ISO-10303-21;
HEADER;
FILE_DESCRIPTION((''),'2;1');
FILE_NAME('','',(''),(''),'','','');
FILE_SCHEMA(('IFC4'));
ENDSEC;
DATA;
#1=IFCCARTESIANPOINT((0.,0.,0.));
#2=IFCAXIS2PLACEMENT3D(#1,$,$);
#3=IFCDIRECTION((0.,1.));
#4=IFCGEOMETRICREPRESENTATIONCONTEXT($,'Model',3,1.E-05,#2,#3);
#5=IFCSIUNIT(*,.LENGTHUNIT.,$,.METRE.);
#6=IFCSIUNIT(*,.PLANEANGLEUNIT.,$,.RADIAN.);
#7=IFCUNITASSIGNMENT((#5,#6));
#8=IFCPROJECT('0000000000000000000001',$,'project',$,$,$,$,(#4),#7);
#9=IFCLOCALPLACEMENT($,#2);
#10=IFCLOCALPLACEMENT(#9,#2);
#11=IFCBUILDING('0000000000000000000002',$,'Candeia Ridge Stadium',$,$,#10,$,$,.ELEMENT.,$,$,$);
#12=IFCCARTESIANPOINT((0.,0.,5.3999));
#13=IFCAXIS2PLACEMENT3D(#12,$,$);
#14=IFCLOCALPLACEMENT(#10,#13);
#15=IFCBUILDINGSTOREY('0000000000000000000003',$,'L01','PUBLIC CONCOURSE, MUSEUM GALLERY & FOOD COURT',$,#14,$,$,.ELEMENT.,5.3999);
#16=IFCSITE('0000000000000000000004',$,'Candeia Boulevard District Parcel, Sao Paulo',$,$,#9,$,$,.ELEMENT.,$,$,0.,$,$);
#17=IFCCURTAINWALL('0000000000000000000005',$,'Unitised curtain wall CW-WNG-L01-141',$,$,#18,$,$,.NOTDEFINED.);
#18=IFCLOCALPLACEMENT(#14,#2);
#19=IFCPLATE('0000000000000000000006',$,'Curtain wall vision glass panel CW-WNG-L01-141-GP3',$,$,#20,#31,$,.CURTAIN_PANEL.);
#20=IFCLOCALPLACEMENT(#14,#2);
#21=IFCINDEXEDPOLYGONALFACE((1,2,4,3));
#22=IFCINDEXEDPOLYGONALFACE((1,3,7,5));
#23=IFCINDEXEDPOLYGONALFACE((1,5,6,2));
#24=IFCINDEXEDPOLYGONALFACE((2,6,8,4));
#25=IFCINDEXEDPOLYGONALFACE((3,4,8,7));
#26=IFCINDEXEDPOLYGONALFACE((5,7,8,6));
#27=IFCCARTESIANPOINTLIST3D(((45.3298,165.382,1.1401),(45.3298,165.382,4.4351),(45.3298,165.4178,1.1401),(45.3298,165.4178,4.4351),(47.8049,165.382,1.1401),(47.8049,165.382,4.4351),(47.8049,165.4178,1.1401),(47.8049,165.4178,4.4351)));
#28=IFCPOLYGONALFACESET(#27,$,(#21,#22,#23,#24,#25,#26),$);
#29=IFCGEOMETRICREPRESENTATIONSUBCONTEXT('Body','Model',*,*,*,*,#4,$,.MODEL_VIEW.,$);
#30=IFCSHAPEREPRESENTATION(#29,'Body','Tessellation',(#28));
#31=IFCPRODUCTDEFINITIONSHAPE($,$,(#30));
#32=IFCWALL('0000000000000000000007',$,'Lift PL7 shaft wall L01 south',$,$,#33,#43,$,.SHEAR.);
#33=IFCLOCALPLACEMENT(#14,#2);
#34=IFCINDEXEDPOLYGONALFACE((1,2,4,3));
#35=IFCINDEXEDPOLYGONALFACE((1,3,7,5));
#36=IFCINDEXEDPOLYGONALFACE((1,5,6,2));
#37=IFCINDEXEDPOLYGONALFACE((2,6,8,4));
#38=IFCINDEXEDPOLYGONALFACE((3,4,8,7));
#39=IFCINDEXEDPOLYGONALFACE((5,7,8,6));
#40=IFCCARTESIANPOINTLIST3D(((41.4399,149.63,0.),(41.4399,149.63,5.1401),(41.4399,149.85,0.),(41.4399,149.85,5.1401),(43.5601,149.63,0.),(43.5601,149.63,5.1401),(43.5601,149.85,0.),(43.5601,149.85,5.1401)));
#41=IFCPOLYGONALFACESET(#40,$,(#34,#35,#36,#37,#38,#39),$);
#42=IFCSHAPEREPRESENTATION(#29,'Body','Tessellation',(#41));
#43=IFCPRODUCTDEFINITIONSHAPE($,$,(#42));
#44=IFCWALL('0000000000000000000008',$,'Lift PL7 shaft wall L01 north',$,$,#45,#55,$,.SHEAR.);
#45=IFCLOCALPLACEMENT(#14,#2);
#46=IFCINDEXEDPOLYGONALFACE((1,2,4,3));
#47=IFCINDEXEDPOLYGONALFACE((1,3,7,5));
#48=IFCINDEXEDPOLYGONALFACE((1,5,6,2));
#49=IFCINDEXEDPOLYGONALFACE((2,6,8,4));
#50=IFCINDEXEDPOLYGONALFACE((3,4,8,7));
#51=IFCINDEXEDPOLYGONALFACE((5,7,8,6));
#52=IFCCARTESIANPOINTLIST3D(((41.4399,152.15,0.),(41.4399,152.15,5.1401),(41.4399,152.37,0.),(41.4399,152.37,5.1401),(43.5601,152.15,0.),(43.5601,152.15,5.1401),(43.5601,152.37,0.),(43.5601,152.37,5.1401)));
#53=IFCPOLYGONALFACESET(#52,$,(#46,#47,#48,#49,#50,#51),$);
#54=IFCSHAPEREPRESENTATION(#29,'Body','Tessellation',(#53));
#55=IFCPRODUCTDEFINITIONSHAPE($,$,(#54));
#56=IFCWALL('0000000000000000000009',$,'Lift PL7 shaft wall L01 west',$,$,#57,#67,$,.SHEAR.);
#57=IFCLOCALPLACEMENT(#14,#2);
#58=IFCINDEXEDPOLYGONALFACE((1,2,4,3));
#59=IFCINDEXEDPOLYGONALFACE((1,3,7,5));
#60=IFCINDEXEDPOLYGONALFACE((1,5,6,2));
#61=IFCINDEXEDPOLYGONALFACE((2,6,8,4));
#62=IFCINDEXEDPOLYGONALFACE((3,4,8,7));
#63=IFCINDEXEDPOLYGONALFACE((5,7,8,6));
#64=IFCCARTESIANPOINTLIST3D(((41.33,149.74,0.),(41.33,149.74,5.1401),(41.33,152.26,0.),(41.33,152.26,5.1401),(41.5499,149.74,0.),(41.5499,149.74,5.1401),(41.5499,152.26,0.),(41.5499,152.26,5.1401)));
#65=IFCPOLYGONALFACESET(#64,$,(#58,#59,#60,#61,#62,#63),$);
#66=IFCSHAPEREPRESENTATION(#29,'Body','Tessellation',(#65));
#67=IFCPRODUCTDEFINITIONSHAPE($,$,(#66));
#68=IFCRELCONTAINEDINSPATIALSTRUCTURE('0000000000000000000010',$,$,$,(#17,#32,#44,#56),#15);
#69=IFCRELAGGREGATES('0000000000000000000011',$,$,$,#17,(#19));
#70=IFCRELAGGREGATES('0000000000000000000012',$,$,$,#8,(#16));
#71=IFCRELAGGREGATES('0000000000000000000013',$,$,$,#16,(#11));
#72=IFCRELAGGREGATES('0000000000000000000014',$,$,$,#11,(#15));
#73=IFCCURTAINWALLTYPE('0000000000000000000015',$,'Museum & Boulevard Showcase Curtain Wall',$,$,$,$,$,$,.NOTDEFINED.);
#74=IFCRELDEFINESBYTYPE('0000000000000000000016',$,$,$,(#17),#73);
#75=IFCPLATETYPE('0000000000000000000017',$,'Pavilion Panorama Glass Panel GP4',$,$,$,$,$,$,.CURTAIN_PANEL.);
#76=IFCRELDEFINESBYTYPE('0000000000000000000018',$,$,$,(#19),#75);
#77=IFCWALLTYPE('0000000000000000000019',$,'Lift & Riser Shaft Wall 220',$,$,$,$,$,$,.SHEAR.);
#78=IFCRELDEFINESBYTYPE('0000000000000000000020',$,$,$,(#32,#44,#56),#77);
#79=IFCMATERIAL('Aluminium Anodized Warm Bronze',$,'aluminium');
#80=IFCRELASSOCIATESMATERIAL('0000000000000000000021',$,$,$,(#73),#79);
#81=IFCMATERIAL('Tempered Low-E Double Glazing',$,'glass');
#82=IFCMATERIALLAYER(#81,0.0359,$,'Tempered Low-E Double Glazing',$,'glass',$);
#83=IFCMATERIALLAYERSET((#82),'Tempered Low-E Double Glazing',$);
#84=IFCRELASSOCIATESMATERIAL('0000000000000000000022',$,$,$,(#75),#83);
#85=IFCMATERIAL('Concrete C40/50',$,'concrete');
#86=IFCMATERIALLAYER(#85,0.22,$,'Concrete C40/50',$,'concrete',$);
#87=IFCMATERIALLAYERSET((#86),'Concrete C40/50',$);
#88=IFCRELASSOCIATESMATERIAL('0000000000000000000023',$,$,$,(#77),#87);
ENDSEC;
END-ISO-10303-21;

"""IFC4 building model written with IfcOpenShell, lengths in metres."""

from ifc_helpers import new_model, si_unit, direction, frame, frame_2d, origin, origin_2d, place, context, subcontext, project, spatial, rectangle, extrude, material, layer, layer_set, type_object, element, aggregate, save


model = new_model("IFC4")

# Units and contexts
model_context = context("Model", 3, precision=1e-05, world=origin(), true_north=direction((0.0, 1.0)))
body_context = subcontext(model_context, "Body", "Model", "MODEL_VIEW")
ifc_project = project(units=[si_unit("LENGTHUNIT", "METRE"), si_unit("PLANEANGLEUNIT", "RADIAN")], contexts=[model_context])

# Site, building, storey
site_placement = place(None, origin())
site = spatial("IfcSite", under=ifc_project, at=site_placement, Name="Candeia Boulevard District Parcel, Sao Paulo", CompositionType="ELEMENT", RefElevation=0.0)
building_placement = place(site_placement, origin())
building = spatial("IfcBuilding", under=site, at=building_placement, Name="Candeia Ridge Stadium", CompositionType="ELEMENT")
storey_placement = place(building_placement, frame((0.0, 0.0, 5.3999)))
storey = spatial("IfcBuildingStorey", under=building, at=storey_placement, Name="L01", Description="PUBLIC CONCOURSE, MUSEUM GALLERY & FOOD COURT", CompositionType="ELEMENT", Elevation=5.3999)

# Shared definitions
ifc_material_1 = material(Name="Concrete C40/50", Category="concrete")

# Curtain wall
ifc_material_2 = material(Name="Aluminium Anodized Warm Bronze", Category="aluminium")
curtain_wall_type = type_object("IfcCurtainWallType", Name="Museum & Boulevard Showcase Curtain Wall", PredefinedType="NOTDEFINED", material=ifc_material_2)
curtain_wall_placement = place(storey_placement, origin())
curtain_wall = element("IfcCurtainWall", 1, at=curtain_wall_placement, inside=storey, type_object=curtain_wall_type, Name="Unitised curtain wall CW-WNG-L01-141", PredefinedType="NOTDEFINED")

# Plate
ifc_material_3 = material(Name="Tempered Low-E Double Glazing", Category="glass")
ifc_layer_1 = layer(ifc_material_3, 0.0359, Name="Tempered Low-E Double Glazing", Category="glass")
ifc_layer_set_1 = layer_set([ifc_layer_1], Name="Tempered Low-E Double Glazing")
plate_type_1 = type_object("IfcPlateType", Name="Pavilion Panorama Glass Panel GP4", PredefinedType="CURTAIN_PANEL", material=ifc_layer_set_1)
plate_1_placement = place(storey_placement, frame((46.5674, 165.3999, 1.1401), z_axis=(0.0, 0.0, 1.0), x_axis=(1.0, 0.0, 0.0)))
plate_1 = element("IfcPlate", 2, at=plate_1_placement, type_object=plate_type_1, Name="Curtain wall vision glass panel CW-WNG-L01-141-GP3", PredefinedType="CURTAIN_PANEL", context=body_context, shape_type="SweptSolid", body=[
    extrude(rectangle(XDim=2.4751, YDim=0.0359, at=origin_2d()), origin(), (0.0, 0.0, 1.0), 3.2949),
])
aggregate(curtain_wall, [plate_1])

# Wall
ifc_layer_2 = layer(ifc_material_1, 0.22, Name="Concrete C40/50", Category="concrete")
ifc_layer_set_2 = layer_set([ifc_layer_2], Name="Concrete C40/50")
wall_type = type_object("IfcWallType", Name="Lift & Riser Shaft Wall 220", PredefinedType="SHEAR", material=ifc_layer_set_2)
wall_1_placement = place(storey_placement, frame((41.4399, 149.74, 0.0), z_axis=(0.0, 0.0, 1.0), x_axis=(1.0, 0.0, 0.0)))
element("IfcWall", 3, at=wall_1_placement, inside=storey, type_object=wall_type, Name="Lift PL7 shaft wall L01 south", PredefinedType="SHEAR", context=body_context, shape_type="SweptSolid", body=[
    extrude(rectangle(XDim=2.1201, YDim=0.22, at=frame_2d((1.0601, 0.0))), origin(), (0.0, 0.0, 1.0), 5.1401),
])

# Walls
wall_2_placement = place(storey_placement, frame((43.5601, 152.26, 0.0), z_axis=(0.0, 0.0, 1.0), x_axis=(-1.0, 0.0, 0.0)))
element("IfcWall", 4, at=wall_2_placement, inside=storey, type_object=wall_type, Name="Lift PL7 shaft wall L01 north", PredefinedType="SHEAR", context=body_context, shape_type="SweptSolid", body=[
    extrude(rectangle(XDim=2.1201, YDim=0.22, at=frame_2d((1.0601, 0.0))), origin(), (0.0, 0.0, 1.0), 5.1401),
])
wall_3_placement = place(storey_placement, frame((41.4399, 152.26, 0.0), z_axis=(0.0, 0.0, 1.0), x_axis=(0.0, -1.0, 0.0)))
element("IfcWall", 5, at=wall_3_placement, inside=storey, type_object=wall_type, Name="Lift PL7 shaft wall L01 west", PredefinedType="SHEAR", context=body_context, shape_type="SweptSolid", body=[
    extrude(rectangle(XDim=2.52, YDim=0.22, at=frame_2d((1.26, 0.0))), origin(), (0.0, 0.0, 1.0), 5.1401),
])

save(model, "model.ifc")
